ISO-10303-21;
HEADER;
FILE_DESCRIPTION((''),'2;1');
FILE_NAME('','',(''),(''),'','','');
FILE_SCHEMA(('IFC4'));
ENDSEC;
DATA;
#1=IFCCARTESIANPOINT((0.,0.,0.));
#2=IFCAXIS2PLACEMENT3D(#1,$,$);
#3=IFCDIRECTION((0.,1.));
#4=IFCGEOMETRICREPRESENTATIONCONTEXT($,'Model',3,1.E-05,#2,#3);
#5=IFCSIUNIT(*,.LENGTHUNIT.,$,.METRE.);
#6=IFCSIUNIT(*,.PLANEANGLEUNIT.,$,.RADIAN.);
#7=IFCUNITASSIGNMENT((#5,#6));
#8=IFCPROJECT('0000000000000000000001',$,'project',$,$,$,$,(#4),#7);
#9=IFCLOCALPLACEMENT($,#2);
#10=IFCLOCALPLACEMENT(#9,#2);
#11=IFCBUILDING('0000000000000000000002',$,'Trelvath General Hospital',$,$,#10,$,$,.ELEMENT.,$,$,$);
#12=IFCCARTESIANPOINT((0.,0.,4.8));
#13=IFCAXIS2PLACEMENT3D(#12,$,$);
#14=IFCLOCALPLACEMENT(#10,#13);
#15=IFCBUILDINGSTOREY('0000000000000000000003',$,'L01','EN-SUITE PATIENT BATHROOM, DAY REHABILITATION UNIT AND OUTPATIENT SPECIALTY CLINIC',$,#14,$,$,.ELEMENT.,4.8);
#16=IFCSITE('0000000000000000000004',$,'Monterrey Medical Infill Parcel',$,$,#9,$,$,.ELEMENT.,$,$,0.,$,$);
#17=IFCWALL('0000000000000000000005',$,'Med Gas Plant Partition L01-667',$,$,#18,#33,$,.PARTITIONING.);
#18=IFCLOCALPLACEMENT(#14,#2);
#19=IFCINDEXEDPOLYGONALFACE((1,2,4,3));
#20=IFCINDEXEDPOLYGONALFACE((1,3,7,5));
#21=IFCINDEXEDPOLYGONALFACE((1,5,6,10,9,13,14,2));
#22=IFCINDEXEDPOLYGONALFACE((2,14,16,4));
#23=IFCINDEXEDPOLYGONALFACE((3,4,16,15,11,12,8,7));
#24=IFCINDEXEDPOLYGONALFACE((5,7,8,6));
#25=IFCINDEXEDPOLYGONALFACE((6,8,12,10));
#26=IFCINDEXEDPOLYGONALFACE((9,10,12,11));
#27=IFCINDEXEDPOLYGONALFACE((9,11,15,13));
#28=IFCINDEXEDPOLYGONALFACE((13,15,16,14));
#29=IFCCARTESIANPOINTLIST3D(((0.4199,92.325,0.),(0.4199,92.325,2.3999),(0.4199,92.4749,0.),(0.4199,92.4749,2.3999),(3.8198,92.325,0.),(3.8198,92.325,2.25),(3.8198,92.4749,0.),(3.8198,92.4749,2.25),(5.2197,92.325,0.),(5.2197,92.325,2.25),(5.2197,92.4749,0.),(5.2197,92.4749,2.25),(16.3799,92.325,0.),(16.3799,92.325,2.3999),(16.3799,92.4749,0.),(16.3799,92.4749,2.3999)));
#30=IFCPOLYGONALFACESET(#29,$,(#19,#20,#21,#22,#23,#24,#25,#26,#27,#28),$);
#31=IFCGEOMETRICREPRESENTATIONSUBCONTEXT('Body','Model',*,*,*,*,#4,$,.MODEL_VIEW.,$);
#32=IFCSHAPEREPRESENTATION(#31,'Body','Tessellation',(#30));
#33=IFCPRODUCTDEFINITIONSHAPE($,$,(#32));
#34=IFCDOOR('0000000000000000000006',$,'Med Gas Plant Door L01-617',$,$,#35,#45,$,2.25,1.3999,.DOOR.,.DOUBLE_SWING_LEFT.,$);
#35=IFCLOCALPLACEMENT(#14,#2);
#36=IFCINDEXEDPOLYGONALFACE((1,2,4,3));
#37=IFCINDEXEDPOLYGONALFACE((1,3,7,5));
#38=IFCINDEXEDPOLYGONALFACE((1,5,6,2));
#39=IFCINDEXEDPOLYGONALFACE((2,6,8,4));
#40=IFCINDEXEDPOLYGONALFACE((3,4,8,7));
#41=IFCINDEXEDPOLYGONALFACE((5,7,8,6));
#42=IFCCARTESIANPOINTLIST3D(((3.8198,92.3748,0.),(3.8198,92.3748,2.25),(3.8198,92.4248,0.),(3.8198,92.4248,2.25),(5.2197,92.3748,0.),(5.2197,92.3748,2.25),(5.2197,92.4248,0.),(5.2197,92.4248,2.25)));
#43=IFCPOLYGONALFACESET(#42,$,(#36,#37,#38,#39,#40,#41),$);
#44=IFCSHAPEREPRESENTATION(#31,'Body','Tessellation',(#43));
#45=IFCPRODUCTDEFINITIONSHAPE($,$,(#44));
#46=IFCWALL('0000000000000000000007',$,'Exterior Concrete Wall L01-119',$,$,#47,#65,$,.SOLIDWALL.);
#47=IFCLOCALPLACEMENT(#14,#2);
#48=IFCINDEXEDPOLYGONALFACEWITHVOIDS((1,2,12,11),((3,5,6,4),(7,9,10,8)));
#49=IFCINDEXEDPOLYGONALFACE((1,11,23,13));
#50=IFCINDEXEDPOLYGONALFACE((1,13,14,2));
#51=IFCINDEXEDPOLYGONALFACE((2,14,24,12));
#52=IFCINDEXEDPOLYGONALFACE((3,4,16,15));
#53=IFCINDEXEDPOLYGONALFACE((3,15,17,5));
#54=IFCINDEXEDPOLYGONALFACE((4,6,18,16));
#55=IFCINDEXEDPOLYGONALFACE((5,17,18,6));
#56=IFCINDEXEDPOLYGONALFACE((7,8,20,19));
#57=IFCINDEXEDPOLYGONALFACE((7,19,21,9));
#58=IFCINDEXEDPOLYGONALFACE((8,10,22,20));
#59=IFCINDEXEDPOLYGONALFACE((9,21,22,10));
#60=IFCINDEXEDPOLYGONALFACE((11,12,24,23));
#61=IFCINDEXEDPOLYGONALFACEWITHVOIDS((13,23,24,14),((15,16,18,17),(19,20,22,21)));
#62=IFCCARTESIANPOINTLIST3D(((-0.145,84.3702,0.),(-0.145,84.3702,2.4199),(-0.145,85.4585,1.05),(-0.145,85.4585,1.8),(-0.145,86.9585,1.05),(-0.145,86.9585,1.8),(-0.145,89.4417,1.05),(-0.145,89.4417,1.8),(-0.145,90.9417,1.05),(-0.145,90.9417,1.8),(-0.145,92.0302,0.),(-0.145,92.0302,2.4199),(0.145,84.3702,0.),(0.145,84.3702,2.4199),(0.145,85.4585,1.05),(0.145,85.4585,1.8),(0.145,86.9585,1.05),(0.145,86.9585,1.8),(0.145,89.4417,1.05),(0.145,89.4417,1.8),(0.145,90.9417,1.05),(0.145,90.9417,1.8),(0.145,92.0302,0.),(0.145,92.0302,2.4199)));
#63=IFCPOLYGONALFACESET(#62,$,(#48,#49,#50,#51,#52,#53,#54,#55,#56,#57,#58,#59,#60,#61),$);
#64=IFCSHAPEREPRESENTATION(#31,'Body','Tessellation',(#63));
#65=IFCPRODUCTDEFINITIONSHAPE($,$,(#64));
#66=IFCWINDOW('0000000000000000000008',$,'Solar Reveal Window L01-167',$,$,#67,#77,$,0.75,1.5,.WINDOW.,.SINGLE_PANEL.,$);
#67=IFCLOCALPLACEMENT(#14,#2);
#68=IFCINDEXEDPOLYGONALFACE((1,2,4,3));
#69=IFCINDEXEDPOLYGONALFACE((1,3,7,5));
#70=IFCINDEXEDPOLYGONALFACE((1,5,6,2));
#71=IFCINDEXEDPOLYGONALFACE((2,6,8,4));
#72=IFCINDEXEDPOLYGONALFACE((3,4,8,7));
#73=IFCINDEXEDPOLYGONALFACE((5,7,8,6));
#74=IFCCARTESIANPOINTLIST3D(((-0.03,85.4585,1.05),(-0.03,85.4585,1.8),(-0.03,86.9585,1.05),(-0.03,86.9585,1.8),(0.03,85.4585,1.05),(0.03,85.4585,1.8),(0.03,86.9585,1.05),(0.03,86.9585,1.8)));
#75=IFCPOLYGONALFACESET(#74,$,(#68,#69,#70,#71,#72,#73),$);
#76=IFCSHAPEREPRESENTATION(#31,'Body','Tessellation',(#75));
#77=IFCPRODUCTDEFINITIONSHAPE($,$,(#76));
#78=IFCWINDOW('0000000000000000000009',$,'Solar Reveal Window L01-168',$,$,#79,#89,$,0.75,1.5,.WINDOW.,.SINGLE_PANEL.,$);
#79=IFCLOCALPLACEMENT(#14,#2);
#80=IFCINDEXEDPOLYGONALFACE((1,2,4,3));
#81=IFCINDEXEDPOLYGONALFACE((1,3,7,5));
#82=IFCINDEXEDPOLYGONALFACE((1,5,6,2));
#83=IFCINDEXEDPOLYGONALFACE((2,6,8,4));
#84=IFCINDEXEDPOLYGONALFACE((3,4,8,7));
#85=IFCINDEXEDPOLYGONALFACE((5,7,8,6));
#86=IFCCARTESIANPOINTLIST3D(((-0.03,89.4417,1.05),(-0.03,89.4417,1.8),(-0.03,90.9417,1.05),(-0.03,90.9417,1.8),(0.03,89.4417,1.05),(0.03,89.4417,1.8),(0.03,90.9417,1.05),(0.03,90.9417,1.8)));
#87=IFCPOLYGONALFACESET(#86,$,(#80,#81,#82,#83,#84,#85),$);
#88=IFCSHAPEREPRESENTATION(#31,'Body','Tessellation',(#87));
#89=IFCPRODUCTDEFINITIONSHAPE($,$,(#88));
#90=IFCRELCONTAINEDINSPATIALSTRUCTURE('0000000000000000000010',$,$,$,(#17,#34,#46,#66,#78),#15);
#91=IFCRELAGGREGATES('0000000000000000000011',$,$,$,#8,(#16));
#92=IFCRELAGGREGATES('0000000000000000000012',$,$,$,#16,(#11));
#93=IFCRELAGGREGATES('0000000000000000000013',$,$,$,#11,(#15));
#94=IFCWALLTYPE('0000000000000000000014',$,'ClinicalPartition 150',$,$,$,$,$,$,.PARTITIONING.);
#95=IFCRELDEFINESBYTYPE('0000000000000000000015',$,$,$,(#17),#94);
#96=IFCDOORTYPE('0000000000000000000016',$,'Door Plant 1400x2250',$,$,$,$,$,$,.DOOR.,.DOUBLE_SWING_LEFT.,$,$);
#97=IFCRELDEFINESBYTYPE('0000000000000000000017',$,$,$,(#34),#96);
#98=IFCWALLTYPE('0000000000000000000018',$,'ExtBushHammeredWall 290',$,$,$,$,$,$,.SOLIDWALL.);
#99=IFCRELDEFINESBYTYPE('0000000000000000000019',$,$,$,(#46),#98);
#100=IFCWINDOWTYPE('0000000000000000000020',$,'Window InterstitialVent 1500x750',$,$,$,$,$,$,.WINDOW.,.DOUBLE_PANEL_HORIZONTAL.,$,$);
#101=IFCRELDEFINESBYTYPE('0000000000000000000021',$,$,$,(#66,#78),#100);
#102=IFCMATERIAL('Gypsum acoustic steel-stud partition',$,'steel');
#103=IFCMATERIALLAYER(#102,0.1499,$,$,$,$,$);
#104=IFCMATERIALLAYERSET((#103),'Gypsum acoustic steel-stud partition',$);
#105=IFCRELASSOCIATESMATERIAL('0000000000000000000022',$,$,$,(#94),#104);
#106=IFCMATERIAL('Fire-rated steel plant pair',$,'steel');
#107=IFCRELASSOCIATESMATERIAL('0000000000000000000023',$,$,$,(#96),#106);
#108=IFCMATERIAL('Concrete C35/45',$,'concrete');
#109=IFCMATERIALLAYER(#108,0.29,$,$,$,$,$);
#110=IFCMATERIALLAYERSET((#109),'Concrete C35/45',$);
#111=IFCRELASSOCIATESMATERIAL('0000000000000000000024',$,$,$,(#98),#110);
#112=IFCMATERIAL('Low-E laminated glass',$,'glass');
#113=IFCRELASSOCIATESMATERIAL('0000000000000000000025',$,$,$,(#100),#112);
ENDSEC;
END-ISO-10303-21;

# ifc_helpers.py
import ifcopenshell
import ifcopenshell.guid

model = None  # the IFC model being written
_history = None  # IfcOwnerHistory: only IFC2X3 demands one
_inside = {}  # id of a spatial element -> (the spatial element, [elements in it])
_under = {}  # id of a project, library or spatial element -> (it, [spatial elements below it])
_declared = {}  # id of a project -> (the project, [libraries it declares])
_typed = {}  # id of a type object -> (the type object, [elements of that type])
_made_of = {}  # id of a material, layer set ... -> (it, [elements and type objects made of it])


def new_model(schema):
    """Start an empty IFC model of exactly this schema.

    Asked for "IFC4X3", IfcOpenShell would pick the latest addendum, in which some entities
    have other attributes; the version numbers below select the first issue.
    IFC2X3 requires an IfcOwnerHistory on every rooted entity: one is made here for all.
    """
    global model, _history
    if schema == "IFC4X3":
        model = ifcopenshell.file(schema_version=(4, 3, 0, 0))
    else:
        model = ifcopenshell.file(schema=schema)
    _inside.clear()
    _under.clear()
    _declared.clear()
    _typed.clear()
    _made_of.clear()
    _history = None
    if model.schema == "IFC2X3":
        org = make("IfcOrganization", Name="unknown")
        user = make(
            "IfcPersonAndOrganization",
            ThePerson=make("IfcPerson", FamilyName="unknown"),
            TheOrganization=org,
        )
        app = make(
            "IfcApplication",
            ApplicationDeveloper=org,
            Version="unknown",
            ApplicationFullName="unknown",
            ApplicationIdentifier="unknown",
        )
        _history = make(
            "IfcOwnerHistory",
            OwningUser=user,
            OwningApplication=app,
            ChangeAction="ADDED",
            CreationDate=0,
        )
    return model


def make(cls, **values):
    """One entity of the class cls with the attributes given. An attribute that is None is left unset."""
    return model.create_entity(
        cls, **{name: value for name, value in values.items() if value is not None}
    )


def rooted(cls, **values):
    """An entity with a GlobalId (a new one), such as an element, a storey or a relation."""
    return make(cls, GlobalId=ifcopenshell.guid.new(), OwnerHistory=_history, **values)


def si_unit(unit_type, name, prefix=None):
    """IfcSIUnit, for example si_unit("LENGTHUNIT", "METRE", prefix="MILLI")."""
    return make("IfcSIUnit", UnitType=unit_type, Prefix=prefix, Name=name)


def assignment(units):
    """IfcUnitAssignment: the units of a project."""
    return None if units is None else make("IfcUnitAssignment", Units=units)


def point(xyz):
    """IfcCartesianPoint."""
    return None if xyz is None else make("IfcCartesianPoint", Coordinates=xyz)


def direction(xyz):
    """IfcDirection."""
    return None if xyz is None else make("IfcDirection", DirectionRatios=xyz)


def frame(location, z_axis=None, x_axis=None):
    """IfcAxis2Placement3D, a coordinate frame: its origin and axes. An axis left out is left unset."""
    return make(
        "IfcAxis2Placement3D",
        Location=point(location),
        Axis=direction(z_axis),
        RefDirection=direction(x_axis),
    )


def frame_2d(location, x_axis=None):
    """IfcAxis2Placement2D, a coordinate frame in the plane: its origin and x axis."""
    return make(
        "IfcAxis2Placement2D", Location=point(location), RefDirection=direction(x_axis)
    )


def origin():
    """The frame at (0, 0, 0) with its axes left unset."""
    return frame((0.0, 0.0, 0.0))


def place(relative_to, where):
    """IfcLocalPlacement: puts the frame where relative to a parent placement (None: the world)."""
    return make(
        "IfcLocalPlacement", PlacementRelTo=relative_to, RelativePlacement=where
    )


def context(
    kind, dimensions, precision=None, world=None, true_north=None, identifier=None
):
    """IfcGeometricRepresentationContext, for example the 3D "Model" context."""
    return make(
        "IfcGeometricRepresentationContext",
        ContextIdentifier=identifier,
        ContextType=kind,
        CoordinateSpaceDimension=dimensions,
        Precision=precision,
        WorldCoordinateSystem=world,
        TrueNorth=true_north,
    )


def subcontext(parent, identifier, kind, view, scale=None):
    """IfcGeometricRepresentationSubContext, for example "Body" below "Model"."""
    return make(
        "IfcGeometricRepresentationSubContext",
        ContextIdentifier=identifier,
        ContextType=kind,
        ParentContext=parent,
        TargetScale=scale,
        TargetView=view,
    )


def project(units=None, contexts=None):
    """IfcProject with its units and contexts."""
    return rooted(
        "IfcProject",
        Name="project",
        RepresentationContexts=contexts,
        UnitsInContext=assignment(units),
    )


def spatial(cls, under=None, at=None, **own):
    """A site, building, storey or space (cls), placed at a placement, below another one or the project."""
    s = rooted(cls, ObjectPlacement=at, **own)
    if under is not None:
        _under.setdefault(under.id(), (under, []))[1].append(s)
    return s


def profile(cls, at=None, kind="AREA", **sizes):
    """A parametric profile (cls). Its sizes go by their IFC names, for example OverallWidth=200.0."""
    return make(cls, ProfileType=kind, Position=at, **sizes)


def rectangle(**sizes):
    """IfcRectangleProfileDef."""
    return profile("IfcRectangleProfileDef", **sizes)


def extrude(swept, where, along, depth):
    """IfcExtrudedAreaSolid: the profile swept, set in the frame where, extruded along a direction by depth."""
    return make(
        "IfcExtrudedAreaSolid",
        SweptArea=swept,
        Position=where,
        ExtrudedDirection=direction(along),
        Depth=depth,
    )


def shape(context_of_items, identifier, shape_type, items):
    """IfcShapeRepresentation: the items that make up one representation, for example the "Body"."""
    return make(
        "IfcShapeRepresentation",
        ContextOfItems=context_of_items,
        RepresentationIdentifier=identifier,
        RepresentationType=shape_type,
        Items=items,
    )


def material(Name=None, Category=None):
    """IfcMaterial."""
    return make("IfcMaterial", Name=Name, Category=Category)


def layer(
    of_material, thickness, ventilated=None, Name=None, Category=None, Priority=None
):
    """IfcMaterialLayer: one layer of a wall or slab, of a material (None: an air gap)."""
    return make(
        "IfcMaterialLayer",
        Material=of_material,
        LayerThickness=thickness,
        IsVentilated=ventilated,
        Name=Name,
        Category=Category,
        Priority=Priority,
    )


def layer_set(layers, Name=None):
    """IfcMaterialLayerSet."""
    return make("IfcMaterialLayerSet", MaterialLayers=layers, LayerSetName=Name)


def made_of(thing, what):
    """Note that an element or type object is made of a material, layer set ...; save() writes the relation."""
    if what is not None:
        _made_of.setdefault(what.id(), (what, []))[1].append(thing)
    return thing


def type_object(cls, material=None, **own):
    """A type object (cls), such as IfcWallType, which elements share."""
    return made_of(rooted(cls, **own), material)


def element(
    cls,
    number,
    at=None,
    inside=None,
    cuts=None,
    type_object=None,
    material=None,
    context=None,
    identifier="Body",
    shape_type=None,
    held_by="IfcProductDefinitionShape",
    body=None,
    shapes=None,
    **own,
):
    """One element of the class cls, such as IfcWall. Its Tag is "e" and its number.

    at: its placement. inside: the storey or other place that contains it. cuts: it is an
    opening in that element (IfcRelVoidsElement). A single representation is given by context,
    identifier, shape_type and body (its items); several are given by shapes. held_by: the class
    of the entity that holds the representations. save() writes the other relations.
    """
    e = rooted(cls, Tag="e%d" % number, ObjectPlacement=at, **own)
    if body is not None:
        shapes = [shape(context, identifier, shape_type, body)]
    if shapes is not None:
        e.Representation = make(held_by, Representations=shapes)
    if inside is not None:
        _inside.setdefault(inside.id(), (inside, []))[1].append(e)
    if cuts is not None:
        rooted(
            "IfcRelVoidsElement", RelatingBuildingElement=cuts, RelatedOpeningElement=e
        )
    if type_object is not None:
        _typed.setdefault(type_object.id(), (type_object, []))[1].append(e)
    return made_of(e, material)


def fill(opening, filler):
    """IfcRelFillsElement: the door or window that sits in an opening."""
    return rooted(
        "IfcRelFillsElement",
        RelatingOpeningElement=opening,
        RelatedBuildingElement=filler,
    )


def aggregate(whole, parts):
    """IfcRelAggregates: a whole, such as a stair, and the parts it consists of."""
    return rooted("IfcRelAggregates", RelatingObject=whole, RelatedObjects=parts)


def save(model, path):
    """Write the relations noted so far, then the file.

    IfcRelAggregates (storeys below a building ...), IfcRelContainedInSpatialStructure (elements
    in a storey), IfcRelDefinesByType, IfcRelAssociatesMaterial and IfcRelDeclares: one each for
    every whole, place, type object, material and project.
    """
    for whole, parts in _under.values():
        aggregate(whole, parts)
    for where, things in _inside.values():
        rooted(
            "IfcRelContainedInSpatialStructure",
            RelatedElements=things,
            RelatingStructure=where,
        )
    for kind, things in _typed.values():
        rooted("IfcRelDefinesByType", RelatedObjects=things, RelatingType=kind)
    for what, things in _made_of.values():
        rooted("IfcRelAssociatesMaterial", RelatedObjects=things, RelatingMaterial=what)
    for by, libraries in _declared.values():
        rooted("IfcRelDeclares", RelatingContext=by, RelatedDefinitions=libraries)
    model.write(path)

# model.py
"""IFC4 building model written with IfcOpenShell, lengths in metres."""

from ifc_helpers import new_model, si_unit, direction, frame, frame_2d, origin, place, context, subcontext, project, spatial, rectangle, extrude, material, layer, layer_set, type_object, element, fill, save


model = new_model("IFC4")

# Units and contexts
model_context = context("Model", 3, precision=1e-05, world=origin(), true_north=direction((0.0, 1.0)))
body_context = subcontext(model_context, "Body", "Model", "MODEL_VIEW")
ifc_project = project(units=[si_unit("LENGTHUNIT", "METRE"), si_unit("PLANEANGLEUNIT", "RADIAN")], contexts=[model_context])

# Site, building, storey
site_placement = place(None, origin())
site = spatial("IfcSite", under=ifc_project, at=site_placement, Name="Monterrey Medical Infill Parcel", CompositionType="ELEMENT", RefElevation=0.0)
building_placement = place(site_placement, origin())
building = spatial("IfcBuilding", under=site, at=building_placement, Name="Trelvath General Hospital", CompositionType="ELEMENT")
storey_placement = place(building_placement, frame((0.0, 0.0, 4.8)))
storey = spatial("IfcBuildingStorey", under=building, at=storey_placement, Name="L01", Description="EN-SUITE PATIENT BATHROOM, DAY REHABILITATION UNIT AND OUTPATIENT SPECIALTY CLINIC", CompositionType="ELEMENT", Elevation=4.8)

# Wall, opening, door
ifc_material_1 = material(Name="Gypsum acoustic steel-stud partition", Category="steel")
ifc_layer_1 = layer(ifc_material_1, 0.1499)
ifc_layer_set_1 = layer_set([ifc_layer_1], Name="Gypsum acoustic steel-stud partition")
wall_type_1 = type_object("IfcWallType", Name="ClinicalPartition 150", PredefinedType="PARTITIONING", material=ifc_layer_set_1)
wall_1_placement = place(storey_placement, frame((0.4199, 92.3999, 0.0), z_axis=(0.0, 0.0, 1.0), x_axis=(1.0, 0.0, 0.0)))
wall_1 = element("IfcWall", 1, at=wall_1_placement, inside=storey, type_object=wall_type_1, Name="Med Gas Plant Partition L01-667", PredefinedType="PARTITIONING", context=body_context, shape_type="SweptSolid", body=[
    extrude(rectangle(XDim=15.96, YDim=0.1499, at=frame_2d((7.98, 0.0))), origin(), (0.0, 0.0, 1.0), 2.3999),
])
opening_1_placement = place(wall_1_placement, frame((3.3999, 0.0, 0.0)))
opening_1 = element("IfcOpeningElement", 2, at=opening_1_placement, cuts=wall_1, PredefinedType="OPENING", context=body_context, shape_type="SweptSolid", body=[
    extrude(rectangle(XDim=1.3999, YDim=2.25, at=frame_2d((0.7, 1.125))), frame((0.0, 0.085, 0.0), z_axis=(0.0, -1.0, 0.0), x_axis=(1.0, 0.0, 0.0)), (0.0, 0.0, 1.0), 0.1699),
])
ifc_material_2 = material(Name="Fire-rated steel plant pair", Category="steel")
door_type = type_object("IfcDoorType", Name="Door Plant 1400x2250", OperationType="DOUBLE_SWING_LEFT", PredefinedType="DOOR", material=ifc_material_2)
door_placement = place(opening_1_placement, origin())
door = element("IfcDoor", 3, at=door_placement, inside=storey, type_object=door_type, Name="Med Gas Plant Door L01-617", OperationType="DOUBLE_SWING_LEFT", OverallHeight=2.25, OverallWidth=1.3999, PredefinedType="DOOR", context=body_context, shape_type="SweptSolid", body=[
    extrude(rectangle(XDim=1.3999, YDim=2.25, at=frame_2d((0.7, 1.125))), frame((0.0, 0.0249, 0.0), z_axis=(0.0, -1.0, 0.0), x_axis=(1.0, 0.0, 0.0)), (0.0, 0.0, 1.0), 0.05),
])
fill(opening_1, door)

# Wall, openings, windows
ifc_material_3 = material(Name="Concrete C35/45", Category="concrete")
ifc_layer_2 = layer(ifc_material_3, 0.29)
ifc_layer_set_2 = layer_set([ifc_layer_2], Name="Concrete C35/45")
wall_type_2 = type_object("IfcWallType", Name="ExtBushHammeredWall 290", PredefinedType="SOLIDWALL", material=ifc_layer_set_2)
wall_2_placement = place(storey_placement, frame((0.0, 84.3701, 0.0), z_axis=(0.0, 0.0, 1.0), x_axis=(0.0, 1.0, 0.0)))
wall_2 = element("IfcWall", 4, at=wall_2_placement, inside=storey, type_object=wall_type_2, Name="Exterior Concrete Wall L01-119", PredefinedType="SOLIDWALL", context=body_context, shape_type="SweptSolid", body=[
    extrude(rectangle(XDim=7.6599, YDim=0.29, at=frame_2d((3.8301, 0.0))), origin(), (0.0, 0.0, 1.0), 2.4199),
])
opening_2_placement = place(wall_2_placement, frame((1.0884, 0.0, 1.05)))
opening_2 = element("IfcOpeningElement", 5, at=opening_2_placement, cuts=wall_2, PredefinedType="OPENING", context=body_context, shape_type="SweptSolid", body=[
    extrude(rectangle(XDim=1.5, YDim=0.75, at=frame_2d((0.75, 0.375))), frame((0.0, 0.155, 0.0), z_axis=(0.0, -1.0, 0.0), x_axis=(1.0, 0.0, 0.0)), (0.0, 0.0, 1.0), 0.3101),
])
opening_3_placement = place(wall_2_placement, frame((5.0715, 0.0, 1.05)))
opening_3 = element("IfcOpeningElement", 6, at=opening_3_placement, cuts=wall_2, PredefinedType="OPENING", context=body_context, shape_type="SweptSolid", body=[
    extrude(rectangle(XDim=1.5, YDim=0.75, at=frame_2d((0.75, 0.375))), frame((0.0, 0.155, 0.0), z_axis=(0.0, -1.0, 0.0), x_axis=(1.0, 0.0, 0.0)), (0.0, 0.0, 1.0), 0.3101),
])
ifc_material_4 = material(Name="Low-E laminated glass", Category="glass")
window_type = type_object("IfcWindowType", Name="Window InterstitialVent 1500x750", PartitioningType="DOUBLE_PANEL_HORIZONTAL", PredefinedType="WINDOW", material=ifc_material_4)
window_1_placement = place(opening_2_placement, origin())
window_1 = element("IfcWindow", 7, at=window_1_placement, inside=storey, type_object=window_type, Name="Solar Reveal Window L01-167", OverallHeight=0.75, OverallWidth=1.5, PartitioningType="SINGLE_PANEL", PredefinedType="WINDOW", context=body_context, shape_type="SweptSolid", body=[
    extrude(rectangle(XDim=1.5, YDim=0.75, at=frame_2d((0.75, 0.375))), frame((0.0, 0.03, 0.0), z_axis=(0.0, -1.0, 0.0), x_axis=(1.0, 0.0, 0.0)), (0.0, 0.0, 1.0), 0.0601),
])
fill(opening_2, window_1)
window_2_placement = place(opening_3_placement, origin())
window_2 = element("IfcWindow", 8, at=window_2_placement, inside=storey, type_object=window_type, Name="Solar Reveal Window L01-168", OverallHeight=0.75, OverallWidth=1.5, PartitioningType="SINGLE_PANEL", PredefinedType="WINDOW", context=body_context, shape_type="SweptSolid", body=[
    extrude(rectangle(XDim=1.5, YDim=0.75, at=frame_2d((0.75, 0.375))), frame((0.0, 0.03, 0.0), z_axis=(0.0, -1.0, 0.0), x_axis=(1.0, 0.0, 0.0)), (0.0, 0.0, 1.0), 0.0601),
])
fill(opening_3, window_2)

save(model, "model.ifc")
